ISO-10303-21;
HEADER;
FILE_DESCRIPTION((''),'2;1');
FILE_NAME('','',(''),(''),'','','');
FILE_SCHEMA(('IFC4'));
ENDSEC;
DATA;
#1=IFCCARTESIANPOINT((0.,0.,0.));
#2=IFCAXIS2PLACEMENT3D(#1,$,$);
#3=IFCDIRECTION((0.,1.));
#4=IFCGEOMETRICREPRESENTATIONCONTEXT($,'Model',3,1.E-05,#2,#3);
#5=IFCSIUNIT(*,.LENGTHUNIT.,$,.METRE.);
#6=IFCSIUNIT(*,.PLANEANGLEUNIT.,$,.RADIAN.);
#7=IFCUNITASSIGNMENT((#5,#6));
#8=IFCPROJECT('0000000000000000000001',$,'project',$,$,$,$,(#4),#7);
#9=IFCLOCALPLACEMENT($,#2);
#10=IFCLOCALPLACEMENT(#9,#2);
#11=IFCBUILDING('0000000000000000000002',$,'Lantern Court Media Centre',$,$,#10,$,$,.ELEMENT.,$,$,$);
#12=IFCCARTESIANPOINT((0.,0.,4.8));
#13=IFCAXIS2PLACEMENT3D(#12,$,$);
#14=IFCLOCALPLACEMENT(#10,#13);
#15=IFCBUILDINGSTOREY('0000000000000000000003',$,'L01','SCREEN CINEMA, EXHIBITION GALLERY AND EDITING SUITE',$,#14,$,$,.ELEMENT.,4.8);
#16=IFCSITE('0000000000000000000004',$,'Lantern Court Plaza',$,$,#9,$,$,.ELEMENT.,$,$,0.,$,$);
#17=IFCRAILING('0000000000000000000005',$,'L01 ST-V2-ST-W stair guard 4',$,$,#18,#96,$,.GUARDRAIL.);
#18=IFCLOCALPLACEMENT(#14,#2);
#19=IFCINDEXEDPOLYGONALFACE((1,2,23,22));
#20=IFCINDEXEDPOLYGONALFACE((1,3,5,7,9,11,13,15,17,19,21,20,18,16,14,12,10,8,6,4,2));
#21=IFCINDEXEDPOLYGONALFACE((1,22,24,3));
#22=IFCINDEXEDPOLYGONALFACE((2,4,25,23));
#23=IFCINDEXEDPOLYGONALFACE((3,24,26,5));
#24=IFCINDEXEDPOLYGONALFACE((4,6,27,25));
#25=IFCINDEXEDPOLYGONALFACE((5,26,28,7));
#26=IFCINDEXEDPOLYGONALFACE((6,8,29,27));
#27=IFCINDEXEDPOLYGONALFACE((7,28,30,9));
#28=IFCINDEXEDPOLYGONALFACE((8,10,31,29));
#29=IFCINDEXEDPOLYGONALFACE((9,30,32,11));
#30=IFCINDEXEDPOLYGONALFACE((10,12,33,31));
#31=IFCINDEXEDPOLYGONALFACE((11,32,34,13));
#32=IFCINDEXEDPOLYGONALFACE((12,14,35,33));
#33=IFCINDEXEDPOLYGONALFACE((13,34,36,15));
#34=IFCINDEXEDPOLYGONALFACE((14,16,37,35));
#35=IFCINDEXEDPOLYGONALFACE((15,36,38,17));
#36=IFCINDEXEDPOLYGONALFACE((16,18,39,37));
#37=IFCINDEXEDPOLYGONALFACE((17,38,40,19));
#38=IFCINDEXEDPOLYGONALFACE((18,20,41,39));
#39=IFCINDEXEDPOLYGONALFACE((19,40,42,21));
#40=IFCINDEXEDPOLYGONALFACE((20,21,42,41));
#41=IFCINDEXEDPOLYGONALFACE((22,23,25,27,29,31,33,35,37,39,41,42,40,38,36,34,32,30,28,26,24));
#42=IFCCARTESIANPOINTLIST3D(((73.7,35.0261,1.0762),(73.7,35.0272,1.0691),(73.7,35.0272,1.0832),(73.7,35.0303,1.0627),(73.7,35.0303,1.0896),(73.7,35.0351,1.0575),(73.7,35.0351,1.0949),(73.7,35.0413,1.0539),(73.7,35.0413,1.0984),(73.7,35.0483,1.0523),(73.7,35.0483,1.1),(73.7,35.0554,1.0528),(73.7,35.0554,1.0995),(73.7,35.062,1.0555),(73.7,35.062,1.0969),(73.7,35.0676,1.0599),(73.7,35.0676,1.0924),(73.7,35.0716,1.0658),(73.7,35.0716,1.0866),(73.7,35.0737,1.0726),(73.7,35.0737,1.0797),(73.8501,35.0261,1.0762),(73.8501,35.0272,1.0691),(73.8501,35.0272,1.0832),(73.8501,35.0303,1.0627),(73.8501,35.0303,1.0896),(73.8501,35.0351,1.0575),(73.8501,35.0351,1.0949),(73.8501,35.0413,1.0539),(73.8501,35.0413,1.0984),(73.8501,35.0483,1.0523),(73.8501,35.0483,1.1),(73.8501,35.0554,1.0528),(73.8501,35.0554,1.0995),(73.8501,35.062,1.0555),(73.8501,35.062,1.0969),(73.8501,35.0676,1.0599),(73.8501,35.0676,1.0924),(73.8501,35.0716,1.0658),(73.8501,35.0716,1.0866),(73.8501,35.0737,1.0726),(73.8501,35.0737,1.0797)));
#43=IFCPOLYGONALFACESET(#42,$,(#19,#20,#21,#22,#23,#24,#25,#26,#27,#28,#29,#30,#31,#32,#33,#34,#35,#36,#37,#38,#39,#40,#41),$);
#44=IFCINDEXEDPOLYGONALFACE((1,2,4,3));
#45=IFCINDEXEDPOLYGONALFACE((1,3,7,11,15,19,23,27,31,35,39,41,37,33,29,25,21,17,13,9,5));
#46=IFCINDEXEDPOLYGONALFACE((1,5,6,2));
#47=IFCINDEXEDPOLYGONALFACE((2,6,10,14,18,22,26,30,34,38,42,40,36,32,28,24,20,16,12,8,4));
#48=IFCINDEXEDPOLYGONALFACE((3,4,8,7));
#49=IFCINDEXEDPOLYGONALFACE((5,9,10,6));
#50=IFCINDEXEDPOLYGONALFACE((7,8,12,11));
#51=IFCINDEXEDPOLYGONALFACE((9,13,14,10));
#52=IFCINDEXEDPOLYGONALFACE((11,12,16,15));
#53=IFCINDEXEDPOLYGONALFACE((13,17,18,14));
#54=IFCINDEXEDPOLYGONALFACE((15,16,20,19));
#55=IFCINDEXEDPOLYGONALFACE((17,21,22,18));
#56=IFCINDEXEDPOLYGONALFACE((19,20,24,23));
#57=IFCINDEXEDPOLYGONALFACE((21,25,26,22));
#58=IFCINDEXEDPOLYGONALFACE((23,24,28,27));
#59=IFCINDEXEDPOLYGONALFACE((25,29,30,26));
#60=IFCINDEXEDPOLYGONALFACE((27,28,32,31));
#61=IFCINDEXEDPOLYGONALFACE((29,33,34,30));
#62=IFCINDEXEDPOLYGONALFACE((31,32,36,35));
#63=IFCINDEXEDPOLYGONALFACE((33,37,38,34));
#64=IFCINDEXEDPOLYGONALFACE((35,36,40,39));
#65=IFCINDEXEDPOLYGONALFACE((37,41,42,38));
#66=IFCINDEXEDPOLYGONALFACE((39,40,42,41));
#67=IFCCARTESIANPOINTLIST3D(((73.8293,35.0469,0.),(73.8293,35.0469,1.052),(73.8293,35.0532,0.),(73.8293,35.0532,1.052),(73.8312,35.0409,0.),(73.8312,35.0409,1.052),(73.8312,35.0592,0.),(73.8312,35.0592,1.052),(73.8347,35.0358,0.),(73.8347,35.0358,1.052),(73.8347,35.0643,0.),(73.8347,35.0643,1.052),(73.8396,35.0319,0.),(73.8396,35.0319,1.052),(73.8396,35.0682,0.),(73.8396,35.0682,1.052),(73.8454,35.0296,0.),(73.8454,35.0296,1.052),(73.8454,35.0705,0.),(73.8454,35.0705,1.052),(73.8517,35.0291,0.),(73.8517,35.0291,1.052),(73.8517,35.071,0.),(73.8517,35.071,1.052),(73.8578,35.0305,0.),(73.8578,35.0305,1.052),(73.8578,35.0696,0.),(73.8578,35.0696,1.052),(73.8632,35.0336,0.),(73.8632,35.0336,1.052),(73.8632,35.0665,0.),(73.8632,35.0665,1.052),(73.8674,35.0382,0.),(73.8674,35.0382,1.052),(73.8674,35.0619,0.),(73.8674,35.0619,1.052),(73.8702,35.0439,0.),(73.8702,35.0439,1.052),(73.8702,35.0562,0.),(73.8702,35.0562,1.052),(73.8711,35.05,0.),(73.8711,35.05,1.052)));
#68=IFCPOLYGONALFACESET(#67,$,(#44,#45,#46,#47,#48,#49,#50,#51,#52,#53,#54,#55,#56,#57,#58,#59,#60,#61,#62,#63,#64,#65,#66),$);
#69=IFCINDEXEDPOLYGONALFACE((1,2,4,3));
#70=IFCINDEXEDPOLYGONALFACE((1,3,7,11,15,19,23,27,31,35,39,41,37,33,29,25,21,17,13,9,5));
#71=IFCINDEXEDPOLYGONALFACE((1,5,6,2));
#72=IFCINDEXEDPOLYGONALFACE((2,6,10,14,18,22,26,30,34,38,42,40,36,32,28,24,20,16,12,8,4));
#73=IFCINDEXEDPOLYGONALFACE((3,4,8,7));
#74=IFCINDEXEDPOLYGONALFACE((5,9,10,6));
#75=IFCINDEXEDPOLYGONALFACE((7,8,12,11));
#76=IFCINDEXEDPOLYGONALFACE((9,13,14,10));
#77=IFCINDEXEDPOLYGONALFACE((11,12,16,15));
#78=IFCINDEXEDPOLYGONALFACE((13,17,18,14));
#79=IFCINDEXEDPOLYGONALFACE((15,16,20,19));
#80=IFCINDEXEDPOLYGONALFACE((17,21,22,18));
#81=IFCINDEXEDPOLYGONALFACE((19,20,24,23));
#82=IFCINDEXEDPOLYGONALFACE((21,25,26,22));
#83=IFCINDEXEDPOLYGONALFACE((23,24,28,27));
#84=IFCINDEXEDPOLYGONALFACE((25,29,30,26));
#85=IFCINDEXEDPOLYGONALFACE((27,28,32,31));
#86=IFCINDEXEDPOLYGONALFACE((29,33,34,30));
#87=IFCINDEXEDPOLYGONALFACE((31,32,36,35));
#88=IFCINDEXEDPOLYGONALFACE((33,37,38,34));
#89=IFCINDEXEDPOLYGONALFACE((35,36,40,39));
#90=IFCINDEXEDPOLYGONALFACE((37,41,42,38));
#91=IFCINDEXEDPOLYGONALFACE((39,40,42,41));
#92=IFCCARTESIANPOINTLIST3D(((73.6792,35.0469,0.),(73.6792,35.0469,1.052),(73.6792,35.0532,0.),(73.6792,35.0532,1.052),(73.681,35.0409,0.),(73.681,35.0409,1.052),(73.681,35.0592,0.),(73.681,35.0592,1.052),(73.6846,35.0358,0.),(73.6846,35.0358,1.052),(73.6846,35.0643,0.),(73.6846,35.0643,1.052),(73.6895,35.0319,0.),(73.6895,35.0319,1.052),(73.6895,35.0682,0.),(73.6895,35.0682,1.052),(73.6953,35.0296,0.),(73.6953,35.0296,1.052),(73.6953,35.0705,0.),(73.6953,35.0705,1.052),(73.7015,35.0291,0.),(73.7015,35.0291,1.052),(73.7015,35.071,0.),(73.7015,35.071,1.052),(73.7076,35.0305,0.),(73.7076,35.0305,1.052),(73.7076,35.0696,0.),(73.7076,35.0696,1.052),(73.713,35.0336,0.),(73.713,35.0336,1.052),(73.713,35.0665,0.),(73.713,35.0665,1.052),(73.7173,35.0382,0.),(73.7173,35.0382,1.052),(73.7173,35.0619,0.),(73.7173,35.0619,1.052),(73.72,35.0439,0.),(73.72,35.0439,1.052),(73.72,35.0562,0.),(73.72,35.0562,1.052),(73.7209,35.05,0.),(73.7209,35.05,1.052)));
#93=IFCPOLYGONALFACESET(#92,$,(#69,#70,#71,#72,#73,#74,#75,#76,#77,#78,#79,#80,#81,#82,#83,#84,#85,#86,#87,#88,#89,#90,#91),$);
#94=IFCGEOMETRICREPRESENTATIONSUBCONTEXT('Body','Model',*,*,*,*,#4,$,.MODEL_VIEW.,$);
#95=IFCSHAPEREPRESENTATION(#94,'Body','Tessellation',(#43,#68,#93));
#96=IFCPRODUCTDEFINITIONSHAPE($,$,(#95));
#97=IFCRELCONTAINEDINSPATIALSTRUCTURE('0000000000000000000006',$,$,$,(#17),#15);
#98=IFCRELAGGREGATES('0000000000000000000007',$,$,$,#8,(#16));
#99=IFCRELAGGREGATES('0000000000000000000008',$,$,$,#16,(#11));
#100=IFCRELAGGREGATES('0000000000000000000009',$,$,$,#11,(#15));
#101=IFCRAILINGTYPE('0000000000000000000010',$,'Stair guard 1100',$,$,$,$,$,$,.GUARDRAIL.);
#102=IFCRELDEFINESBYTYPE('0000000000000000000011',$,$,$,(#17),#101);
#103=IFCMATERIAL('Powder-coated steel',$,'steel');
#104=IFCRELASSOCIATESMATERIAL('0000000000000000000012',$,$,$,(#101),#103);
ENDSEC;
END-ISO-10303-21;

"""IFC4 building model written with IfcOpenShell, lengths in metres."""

from ifc_helpers import new_model, si_unit, direction, frame, origin, origin_2d, place, context, subcontext, project, spatial, circle, extrude, material, type_object, element, save


model = new_model("IFC4")

# Units and contexts
model_context = context("Model", 3, precision=1e-05, world=origin(), true_north=direction((0.0, 1.0)))
body_context = subcontext(model_context, "Body", "Model", "MODEL_VIEW")
ifc_project = project(units=[si_unit("LENGTHUNIT", "METRE"), si_unit("PLANEANGLEUNIT", "RADIAN")], contexts=[model_context])

# Site, building, storey
site_placement = place(None, origin())
site = spatial("IfcSite", under=ifc_project, at=site_placement, Name="Lantern Court Plaza", CompositionType="ELEMENT", RefElevation=0.0)
building_placement = place(site_placement, origin())
building = spatial("IfcBuilding", under=site, at=building_placement, Name="Lantern Court Media Centre", CompositionType="ELEMENT")
storey_placement = place(building_placement, frame((0.0, 0.0, 4.8)))
storey = spatial("IfcBuildingStorey", under=building, at=storey_placement, Name="L01", Description="SCREEN CINEMA, EXHIBITION GALLERY AND EDITING SUITE", CompositionType="ELEMENT", Elevation=4.8)

# Railing
ifc_material_1 = material(Name="Powder-coated steel", Category="steel")
railing_type_1 = type_object("IfcRailingType", Name="Stair guard 1100", PredefinedType="GUARDRAIL", material=ifc_material_1)
railing_1_placement = place(storey_placement, frame((73.8501, 35.05, 0.0)))
element("IfcRailing", 1, at=railing_1_placement, inside=storey, type_object=railing_type_1, Name="L01 ST-V2-ST-W stair guard 4", PredefinedType="GUARDRAIL", context=body_context, shape_type="SweptSolid", body=[
    extrude(circle(Radius=0.0239, at=origin_2d()), frame((0.0, 0.0, 1.0762), z_axis=(-1.0, 0.0, 0.0), x_axis=(0.0, -1.0, 0.0)), (0.0, 0.0, 1.0), 0.1501),
    extrude(circle(Radius=0.021, at=origin_2d()), origin(), (0.0, 0.0, 1.0), 1.052),
    extrude(circle(Radius=0.021, at=origin_2d()), frame((-0.1501, 0.0, 0.0)), (0.0, 0.0, 1.0), 1.052),
])

save(model, "model.ifc")
